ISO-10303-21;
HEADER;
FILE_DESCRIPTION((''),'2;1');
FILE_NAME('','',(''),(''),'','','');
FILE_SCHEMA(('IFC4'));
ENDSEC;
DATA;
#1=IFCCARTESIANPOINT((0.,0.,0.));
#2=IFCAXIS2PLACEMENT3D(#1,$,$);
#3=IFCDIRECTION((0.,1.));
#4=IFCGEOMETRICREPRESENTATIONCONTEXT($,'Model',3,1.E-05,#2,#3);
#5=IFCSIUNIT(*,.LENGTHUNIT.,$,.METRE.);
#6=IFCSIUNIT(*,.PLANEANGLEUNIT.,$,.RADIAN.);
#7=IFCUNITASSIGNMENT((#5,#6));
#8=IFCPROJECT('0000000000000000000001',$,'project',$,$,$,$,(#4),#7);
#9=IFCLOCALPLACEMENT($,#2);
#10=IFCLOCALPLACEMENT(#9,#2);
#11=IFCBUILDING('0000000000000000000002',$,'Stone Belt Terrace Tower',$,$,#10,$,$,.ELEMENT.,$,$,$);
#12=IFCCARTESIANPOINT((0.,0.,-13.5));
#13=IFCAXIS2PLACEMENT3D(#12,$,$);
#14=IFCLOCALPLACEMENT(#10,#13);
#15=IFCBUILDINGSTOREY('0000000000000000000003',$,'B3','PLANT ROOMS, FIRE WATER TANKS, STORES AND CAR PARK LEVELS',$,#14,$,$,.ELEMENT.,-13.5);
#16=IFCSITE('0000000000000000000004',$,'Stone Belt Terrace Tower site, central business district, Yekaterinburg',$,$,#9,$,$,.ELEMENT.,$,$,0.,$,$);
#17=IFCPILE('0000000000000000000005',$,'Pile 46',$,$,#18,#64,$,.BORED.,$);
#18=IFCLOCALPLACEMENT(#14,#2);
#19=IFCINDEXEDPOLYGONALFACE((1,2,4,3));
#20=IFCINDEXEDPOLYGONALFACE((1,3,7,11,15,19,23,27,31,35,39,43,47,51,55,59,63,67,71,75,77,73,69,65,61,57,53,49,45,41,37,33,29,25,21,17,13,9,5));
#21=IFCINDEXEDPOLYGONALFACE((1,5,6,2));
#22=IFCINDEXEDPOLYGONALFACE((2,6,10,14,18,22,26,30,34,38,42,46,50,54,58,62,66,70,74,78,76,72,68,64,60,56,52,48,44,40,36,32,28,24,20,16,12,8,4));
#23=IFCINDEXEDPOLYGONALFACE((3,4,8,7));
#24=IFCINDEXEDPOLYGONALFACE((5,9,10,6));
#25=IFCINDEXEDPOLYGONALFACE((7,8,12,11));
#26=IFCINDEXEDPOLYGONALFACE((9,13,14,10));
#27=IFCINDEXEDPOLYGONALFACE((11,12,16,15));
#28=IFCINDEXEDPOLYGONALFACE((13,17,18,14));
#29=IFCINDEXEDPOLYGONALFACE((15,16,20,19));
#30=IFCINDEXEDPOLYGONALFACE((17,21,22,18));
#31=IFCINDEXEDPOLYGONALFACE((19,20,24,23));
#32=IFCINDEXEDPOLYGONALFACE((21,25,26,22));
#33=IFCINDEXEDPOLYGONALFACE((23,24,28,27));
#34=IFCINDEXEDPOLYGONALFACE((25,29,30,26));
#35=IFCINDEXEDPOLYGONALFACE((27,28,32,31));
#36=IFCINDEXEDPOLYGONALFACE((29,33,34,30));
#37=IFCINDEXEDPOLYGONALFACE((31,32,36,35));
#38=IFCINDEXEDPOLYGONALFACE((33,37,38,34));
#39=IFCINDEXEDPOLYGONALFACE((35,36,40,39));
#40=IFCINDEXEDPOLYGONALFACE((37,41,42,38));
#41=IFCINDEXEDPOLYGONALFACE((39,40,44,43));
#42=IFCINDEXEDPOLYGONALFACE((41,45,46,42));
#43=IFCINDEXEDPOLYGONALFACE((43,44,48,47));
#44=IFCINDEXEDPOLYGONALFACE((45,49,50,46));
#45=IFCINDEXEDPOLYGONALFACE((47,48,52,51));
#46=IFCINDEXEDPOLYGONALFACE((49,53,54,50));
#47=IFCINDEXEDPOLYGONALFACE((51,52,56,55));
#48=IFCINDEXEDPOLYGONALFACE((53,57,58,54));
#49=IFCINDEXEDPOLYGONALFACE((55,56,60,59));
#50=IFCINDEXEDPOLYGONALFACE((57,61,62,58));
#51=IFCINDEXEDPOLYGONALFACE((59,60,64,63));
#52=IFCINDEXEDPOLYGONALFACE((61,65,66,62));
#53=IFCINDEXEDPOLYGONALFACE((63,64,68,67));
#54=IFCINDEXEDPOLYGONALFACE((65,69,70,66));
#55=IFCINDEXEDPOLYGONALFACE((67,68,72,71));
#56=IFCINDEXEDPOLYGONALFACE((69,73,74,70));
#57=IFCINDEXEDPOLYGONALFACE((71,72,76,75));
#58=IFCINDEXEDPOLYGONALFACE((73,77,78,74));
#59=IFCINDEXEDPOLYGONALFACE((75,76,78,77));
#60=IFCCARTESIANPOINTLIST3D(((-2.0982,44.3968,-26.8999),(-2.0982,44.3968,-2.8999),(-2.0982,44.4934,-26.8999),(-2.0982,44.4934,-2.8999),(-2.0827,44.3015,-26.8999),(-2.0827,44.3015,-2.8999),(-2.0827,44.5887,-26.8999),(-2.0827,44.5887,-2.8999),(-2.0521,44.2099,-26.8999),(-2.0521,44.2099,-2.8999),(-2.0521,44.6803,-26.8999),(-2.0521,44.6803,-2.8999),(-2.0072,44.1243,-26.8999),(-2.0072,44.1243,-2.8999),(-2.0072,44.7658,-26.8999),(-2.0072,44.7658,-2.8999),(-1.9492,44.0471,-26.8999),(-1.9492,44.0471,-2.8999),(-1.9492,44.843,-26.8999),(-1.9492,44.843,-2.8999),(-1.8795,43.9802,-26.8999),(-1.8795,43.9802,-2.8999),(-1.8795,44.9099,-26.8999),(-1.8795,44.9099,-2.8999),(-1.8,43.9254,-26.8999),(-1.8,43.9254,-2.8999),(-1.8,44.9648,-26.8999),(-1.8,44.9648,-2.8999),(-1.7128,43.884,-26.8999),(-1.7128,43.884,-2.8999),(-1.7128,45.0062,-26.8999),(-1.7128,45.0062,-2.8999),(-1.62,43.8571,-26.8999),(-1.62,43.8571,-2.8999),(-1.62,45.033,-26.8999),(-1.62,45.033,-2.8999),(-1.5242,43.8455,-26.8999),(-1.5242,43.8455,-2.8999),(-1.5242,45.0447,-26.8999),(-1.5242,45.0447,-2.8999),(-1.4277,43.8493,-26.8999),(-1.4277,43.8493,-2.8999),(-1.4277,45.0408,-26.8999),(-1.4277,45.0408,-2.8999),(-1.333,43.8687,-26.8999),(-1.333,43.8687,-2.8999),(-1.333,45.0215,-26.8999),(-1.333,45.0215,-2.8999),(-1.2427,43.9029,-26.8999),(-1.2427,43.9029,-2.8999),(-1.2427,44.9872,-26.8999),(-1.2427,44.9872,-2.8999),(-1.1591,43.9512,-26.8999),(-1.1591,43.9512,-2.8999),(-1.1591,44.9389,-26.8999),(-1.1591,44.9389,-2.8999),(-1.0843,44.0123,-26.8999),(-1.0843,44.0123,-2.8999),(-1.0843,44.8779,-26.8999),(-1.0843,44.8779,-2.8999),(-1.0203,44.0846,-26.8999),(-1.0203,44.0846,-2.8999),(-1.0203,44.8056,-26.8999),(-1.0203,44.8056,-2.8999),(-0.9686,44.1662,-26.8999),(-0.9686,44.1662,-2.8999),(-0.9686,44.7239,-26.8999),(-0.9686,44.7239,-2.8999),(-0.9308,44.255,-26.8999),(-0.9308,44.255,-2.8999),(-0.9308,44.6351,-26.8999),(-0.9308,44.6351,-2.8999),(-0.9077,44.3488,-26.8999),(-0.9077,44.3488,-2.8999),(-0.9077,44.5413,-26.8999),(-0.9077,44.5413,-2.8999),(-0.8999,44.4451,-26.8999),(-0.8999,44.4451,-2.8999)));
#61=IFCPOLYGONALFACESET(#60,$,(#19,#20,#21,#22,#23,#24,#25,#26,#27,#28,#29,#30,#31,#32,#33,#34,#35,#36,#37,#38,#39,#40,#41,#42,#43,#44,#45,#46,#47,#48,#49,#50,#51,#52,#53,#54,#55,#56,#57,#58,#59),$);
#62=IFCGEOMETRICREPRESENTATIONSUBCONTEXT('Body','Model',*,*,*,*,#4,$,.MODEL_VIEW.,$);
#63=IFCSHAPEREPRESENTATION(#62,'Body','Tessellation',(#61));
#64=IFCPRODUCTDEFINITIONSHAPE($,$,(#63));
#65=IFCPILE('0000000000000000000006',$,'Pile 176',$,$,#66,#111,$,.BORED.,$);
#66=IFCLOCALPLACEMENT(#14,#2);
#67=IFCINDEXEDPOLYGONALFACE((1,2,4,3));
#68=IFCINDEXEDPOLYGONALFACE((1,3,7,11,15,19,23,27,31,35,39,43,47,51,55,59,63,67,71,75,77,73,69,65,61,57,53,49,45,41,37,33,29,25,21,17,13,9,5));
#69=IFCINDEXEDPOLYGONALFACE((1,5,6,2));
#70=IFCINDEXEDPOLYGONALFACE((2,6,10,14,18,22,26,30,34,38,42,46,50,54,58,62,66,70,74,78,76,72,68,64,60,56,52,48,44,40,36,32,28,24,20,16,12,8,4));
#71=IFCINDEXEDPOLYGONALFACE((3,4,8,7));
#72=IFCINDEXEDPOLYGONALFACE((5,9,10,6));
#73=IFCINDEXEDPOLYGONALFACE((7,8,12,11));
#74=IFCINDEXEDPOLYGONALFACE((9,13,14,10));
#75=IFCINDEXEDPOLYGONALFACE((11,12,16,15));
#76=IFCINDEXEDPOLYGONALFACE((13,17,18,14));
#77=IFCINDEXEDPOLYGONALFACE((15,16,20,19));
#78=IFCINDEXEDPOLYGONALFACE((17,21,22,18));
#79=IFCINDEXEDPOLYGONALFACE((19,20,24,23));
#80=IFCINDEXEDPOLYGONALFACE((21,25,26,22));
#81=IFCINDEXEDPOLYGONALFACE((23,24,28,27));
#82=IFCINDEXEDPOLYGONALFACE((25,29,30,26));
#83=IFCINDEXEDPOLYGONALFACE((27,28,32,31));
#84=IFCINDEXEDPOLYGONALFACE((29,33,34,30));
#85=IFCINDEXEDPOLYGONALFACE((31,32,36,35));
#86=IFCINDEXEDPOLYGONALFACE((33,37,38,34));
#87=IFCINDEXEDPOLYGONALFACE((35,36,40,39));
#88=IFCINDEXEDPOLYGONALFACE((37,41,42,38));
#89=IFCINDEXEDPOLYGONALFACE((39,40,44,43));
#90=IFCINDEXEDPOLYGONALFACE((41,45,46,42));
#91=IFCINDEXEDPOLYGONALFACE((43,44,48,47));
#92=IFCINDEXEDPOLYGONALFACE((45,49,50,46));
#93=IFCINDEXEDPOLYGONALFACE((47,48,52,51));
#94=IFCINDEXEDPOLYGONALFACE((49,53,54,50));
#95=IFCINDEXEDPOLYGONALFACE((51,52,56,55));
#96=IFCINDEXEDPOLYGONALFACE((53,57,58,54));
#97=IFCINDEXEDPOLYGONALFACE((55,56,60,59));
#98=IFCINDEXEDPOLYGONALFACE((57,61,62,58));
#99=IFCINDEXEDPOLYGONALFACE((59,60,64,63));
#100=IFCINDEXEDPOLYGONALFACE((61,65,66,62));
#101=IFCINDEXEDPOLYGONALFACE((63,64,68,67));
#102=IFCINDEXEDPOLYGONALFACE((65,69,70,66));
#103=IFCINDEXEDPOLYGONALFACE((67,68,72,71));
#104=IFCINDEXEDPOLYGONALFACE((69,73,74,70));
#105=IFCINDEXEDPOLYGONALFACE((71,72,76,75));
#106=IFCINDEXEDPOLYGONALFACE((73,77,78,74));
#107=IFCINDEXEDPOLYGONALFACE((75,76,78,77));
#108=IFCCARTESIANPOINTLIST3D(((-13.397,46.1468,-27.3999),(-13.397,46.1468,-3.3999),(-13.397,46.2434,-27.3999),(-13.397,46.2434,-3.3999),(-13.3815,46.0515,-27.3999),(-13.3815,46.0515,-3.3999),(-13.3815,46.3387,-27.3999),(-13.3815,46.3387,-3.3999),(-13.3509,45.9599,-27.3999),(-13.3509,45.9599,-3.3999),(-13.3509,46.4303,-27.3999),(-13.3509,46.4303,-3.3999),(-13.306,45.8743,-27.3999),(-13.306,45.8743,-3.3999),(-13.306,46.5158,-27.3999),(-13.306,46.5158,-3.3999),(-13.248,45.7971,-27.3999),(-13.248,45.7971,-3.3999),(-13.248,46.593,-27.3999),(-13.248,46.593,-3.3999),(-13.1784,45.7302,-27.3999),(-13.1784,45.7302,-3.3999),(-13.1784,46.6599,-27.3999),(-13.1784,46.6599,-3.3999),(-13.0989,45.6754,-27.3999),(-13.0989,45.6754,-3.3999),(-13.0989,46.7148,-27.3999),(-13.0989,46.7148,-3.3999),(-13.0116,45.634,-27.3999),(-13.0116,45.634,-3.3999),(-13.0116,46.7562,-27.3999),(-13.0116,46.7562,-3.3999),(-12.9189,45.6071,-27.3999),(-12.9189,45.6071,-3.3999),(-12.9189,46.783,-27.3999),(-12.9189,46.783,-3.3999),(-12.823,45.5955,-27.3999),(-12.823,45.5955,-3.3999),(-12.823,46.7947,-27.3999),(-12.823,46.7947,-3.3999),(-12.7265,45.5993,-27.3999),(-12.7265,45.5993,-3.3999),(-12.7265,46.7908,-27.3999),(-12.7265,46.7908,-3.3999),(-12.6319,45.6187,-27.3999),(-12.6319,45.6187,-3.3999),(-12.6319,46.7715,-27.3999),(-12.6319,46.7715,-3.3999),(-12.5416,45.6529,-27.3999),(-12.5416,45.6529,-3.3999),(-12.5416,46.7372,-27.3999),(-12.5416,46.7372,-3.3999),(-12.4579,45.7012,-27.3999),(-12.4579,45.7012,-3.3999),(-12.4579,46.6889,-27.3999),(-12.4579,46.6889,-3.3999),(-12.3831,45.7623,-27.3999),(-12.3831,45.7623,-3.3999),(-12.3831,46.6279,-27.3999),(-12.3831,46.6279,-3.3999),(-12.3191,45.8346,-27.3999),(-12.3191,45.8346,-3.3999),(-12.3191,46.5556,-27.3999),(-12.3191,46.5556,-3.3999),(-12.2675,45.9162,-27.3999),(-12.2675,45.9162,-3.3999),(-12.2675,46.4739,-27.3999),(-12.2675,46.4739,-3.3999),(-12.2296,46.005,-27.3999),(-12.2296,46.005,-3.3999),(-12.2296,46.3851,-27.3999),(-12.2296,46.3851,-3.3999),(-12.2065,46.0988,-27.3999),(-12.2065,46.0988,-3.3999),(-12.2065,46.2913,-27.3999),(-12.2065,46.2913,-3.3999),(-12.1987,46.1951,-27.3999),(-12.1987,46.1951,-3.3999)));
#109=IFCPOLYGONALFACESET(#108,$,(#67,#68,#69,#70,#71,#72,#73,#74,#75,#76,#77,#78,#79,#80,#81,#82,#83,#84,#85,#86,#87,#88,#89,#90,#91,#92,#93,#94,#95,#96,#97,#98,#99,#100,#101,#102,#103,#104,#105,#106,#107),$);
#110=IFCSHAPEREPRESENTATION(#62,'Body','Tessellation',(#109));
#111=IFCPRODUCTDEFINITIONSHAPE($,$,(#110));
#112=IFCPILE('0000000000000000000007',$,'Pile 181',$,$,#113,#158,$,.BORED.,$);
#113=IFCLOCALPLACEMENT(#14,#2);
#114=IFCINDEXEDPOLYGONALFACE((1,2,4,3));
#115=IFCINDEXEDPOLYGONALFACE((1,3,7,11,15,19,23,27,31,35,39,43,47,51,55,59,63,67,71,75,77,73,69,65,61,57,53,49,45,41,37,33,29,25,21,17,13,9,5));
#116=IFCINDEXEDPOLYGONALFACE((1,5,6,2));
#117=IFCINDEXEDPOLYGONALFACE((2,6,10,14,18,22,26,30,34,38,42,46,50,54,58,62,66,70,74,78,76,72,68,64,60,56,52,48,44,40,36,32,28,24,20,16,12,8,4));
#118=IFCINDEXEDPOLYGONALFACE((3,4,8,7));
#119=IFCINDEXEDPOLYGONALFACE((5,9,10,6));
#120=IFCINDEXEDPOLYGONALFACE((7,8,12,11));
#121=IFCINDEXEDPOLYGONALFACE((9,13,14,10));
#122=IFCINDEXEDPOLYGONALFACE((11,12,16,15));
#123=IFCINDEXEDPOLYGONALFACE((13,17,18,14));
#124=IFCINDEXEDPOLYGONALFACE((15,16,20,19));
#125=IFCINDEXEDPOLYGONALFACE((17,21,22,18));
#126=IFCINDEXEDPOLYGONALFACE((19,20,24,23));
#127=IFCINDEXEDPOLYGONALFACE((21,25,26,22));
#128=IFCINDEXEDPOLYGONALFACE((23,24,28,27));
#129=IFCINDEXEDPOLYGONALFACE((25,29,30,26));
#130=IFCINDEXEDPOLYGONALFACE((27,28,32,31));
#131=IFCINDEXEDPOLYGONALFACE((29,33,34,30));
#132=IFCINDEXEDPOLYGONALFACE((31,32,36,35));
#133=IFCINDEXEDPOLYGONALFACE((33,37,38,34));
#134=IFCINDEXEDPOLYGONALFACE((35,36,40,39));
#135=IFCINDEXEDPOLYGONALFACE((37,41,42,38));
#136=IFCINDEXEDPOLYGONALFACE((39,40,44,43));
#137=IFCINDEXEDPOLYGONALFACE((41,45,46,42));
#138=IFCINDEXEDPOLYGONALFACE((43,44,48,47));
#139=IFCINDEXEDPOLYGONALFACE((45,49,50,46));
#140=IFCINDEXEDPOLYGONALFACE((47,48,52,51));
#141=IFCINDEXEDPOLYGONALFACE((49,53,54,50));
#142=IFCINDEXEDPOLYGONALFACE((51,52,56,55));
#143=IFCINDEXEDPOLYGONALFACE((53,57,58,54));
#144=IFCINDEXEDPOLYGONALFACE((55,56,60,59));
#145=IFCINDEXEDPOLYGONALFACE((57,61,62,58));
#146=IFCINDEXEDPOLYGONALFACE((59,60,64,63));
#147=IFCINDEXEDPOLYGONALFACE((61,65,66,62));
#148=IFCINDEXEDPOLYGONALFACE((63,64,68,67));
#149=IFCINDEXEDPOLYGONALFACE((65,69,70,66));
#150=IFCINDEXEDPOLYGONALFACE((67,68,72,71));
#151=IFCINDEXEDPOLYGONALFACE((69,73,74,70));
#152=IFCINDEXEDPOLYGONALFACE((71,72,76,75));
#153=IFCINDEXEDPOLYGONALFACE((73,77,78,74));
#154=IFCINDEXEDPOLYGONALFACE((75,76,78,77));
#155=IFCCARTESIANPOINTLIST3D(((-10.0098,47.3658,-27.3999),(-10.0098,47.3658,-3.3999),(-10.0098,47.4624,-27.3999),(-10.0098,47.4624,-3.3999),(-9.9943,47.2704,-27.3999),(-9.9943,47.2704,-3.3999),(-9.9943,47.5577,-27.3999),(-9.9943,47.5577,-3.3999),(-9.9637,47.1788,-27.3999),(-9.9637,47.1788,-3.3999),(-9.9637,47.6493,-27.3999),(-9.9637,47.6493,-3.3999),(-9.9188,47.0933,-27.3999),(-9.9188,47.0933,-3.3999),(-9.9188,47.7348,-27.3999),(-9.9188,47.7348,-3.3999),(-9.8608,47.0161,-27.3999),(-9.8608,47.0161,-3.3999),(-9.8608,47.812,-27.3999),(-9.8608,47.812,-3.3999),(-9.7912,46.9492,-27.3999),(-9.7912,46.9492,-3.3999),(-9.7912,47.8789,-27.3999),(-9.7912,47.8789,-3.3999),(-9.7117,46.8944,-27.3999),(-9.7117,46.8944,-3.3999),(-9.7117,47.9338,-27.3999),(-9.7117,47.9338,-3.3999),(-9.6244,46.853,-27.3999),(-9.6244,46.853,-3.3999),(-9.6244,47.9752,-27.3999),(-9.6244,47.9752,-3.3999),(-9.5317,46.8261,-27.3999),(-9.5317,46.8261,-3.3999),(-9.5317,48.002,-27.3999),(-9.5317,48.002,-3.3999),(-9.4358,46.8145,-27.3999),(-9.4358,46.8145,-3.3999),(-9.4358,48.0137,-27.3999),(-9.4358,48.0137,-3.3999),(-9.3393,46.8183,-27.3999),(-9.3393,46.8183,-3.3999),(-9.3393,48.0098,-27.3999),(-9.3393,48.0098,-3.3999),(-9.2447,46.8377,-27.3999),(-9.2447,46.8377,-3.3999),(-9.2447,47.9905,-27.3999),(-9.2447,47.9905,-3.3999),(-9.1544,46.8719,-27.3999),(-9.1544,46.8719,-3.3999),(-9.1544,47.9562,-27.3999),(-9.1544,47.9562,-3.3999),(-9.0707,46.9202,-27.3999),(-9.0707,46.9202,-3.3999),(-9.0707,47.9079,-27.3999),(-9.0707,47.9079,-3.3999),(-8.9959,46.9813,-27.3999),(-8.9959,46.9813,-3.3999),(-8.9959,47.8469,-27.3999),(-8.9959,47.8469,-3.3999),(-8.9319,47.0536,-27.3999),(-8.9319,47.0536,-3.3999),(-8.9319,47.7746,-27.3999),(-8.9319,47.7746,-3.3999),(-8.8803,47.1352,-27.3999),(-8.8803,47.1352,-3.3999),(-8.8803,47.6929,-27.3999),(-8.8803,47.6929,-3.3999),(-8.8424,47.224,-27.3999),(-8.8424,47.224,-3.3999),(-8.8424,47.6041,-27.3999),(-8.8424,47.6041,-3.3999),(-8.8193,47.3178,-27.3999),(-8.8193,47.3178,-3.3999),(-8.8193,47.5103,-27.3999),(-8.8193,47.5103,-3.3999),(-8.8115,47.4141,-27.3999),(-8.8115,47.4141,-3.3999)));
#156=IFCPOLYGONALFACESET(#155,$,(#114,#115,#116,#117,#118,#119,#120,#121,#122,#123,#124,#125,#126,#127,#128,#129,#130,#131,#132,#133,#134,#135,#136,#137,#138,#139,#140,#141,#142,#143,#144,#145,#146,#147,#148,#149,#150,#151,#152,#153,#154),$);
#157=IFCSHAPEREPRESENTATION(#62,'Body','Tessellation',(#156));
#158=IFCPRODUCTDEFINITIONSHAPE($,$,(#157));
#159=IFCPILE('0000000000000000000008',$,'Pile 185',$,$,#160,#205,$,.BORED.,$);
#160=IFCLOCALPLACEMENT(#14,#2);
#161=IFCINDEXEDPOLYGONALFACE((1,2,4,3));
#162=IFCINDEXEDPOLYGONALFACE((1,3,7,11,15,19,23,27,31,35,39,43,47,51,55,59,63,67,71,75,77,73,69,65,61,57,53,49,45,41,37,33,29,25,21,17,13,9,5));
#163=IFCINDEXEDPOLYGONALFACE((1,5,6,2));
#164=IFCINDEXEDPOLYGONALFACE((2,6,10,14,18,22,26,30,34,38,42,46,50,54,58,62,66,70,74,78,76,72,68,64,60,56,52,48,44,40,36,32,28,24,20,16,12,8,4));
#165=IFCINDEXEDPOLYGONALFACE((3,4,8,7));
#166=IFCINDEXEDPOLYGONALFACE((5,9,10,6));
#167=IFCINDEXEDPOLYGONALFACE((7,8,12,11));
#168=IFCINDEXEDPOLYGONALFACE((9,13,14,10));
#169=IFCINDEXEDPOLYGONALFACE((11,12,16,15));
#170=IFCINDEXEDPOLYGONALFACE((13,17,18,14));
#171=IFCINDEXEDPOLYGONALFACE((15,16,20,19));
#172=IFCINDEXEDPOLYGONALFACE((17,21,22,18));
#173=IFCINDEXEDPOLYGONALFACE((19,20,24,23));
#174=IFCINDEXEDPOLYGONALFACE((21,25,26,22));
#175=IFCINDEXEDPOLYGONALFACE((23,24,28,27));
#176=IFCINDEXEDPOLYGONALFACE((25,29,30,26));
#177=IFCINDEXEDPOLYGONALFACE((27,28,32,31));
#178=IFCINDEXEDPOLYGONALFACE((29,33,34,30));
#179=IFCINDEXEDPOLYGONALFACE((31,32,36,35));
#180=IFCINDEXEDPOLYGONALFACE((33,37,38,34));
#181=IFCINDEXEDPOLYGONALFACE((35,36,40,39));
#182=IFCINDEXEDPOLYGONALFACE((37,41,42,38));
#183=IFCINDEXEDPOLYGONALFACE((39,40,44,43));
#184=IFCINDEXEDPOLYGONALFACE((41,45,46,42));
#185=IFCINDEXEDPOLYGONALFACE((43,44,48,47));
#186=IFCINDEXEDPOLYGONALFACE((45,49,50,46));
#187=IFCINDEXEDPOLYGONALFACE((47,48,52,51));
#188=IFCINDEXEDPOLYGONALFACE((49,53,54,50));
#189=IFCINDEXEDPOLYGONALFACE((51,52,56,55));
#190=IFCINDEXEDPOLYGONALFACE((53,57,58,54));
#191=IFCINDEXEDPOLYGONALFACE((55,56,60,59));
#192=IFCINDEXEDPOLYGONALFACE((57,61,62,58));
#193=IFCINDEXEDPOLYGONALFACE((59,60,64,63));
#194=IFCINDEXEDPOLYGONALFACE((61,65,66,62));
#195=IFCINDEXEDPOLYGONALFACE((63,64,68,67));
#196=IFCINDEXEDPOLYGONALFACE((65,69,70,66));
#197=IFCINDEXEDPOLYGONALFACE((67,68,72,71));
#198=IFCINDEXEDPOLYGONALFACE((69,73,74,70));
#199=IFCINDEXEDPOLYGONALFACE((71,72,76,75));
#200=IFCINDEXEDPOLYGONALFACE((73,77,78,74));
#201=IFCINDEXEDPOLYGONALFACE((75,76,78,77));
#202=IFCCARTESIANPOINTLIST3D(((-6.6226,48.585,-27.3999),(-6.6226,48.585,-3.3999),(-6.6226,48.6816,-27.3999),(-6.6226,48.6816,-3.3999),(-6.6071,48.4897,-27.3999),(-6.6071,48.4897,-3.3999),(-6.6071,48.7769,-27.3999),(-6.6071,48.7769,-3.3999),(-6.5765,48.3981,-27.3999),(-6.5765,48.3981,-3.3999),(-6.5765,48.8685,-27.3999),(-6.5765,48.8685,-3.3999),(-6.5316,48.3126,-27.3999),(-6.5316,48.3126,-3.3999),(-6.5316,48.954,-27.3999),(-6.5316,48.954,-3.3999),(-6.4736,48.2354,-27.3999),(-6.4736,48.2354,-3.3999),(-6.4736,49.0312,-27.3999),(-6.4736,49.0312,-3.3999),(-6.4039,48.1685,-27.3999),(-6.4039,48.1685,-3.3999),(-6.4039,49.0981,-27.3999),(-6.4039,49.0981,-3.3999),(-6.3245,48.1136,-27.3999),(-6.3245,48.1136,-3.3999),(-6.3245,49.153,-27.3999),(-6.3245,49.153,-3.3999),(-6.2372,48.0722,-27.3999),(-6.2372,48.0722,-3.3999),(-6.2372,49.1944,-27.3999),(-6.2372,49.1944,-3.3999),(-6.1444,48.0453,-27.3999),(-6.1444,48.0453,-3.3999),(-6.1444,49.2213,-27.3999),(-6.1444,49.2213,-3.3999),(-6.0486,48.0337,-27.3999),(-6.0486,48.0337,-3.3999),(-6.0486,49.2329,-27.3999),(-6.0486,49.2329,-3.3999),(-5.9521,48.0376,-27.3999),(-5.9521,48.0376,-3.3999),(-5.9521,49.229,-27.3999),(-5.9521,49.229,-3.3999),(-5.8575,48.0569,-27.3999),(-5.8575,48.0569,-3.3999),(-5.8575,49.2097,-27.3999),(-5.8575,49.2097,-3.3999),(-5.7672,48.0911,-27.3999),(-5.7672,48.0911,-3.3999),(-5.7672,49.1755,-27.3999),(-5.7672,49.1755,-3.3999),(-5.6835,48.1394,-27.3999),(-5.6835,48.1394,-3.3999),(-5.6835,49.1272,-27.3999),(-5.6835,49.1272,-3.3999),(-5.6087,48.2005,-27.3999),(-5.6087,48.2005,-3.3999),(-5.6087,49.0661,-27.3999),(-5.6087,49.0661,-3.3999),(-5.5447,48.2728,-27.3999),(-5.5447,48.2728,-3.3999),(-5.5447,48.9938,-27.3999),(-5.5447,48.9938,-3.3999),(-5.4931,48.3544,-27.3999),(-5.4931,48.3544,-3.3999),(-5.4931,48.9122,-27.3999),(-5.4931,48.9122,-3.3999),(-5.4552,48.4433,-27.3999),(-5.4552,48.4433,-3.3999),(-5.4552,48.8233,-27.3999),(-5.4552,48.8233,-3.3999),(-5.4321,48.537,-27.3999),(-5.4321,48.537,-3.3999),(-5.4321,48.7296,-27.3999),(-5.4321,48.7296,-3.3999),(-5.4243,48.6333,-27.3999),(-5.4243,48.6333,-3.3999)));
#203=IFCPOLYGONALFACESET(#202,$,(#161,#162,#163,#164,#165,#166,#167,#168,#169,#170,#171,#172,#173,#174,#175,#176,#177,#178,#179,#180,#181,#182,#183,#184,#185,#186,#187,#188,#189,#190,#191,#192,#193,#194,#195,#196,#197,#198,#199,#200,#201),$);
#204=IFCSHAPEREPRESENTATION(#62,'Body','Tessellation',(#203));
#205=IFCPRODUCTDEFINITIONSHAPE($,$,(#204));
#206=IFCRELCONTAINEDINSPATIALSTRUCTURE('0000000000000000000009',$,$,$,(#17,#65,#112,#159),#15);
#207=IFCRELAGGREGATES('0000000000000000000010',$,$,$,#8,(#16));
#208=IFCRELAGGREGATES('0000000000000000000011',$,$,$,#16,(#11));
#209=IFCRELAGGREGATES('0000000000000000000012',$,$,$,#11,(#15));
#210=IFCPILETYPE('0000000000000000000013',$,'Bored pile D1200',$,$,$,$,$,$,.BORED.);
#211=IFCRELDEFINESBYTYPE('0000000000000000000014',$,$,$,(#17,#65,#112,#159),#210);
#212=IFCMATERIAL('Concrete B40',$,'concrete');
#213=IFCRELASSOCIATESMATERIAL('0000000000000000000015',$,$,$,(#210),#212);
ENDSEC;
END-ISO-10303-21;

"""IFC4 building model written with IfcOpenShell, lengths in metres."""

from ifc_helpers import new_model, si_unit, direction, frame, origin, origin_2d, place, context, subcontext, project, spatial, circle, extrude, material, material_profile, profile_set, type_object, element, save


model = new_model("IFC4")

# Units and contexts
model_context = context("Model", 3, precision=1e-05, world=origin(), true_north=direction((0.0, 1.0)))
body_context = subcontext(model_context, "Body", "Model", "MODEL_VIEW")
ifc_project = project(units=[si_unit("LENGTHUNIT", "METRE"), si_unit("PLANEANGLEUNIT", "RADIAN")], contexts=[model_context])

# Site, building, storey
site_placement = place(None, origin())
site = spatial("IfcSite", under=ifc_project, at=site_placement, Name="Stone Belt Terrace Tower site, central business district, Yekaterinburg", CompositionType="ELEMENT", RefElevation=0.0)
building_placement = place(site_placement, origin())
building = spatial("IfcBuilding", under=site, at=building_placement, Name="Stone Belt Terrace Tower", CompositionType="ELEMENT")
storey_placement = place(building_placement, frame((0.0, 0.0, -13.5)))
storey = spatial("IfcBuildingStorey", under=building, at=storey_placement, Name="B3", Description="PLANT ROOMS, FIRE WATER TANKS, STORES AND CAR PARK LEVELS", CompositionType="ELEMENT", Elevation=-13.5)

# Piles
ifc_material_1 = material(Name="Concrete B40", Category="concrete")
ifc_material_profile_1 = material_profile(ifc_material_1, circle(Radius=0.6001, at=origin_2d()), Name="PILE D1200")
ifc_profile_set_1 = profile_set([ifc_material_profile_1], Name="Concrete B40")
pile_type = type_object("IfcPileType", Name="Bored pile D1200", PredefinedType="BORED", material=ifc_profile_set_1)
for number, where, z_axis, x_axis, name in (
    (1, (-1.5, 44.4451, -2.8999), (0.0, 0.0, -1.0), (1.0, 0.0, 0.0), "Pile 46"),
    (2, (-12.7988, 46.1951, -3.3999), (0.0, 0.0, -1.0), (1.0, 0.0, 0.0), "Pile 176"),
    (3, (-9.4116, 47.4141, -3.3999), (0.0, 0.0, -1.0), (1.0, 0.0, 0.0), "Pile 181"),
    (4, (-6.0244, 48.6333, -3.3999), (0.0, 0.0, -1.0), (1.0, 0.0, 0.0), "Pile 185"),
):
    element("IfcPile", number, at=place(storey_placement, frame(where, z_axis=z_axis, x_axis=x_axis)), inside=storey, type_object=pile_type, Name=name, PredefinedType="BORED", context=body_context, shape_type="SweptSolid", body=[
        extrude(circle(Radius=0.6001, at=origin_2d()), origin(), (0.0, 0.0, 1.0), 24.0),
    ])

save(model, "model.ifc")
